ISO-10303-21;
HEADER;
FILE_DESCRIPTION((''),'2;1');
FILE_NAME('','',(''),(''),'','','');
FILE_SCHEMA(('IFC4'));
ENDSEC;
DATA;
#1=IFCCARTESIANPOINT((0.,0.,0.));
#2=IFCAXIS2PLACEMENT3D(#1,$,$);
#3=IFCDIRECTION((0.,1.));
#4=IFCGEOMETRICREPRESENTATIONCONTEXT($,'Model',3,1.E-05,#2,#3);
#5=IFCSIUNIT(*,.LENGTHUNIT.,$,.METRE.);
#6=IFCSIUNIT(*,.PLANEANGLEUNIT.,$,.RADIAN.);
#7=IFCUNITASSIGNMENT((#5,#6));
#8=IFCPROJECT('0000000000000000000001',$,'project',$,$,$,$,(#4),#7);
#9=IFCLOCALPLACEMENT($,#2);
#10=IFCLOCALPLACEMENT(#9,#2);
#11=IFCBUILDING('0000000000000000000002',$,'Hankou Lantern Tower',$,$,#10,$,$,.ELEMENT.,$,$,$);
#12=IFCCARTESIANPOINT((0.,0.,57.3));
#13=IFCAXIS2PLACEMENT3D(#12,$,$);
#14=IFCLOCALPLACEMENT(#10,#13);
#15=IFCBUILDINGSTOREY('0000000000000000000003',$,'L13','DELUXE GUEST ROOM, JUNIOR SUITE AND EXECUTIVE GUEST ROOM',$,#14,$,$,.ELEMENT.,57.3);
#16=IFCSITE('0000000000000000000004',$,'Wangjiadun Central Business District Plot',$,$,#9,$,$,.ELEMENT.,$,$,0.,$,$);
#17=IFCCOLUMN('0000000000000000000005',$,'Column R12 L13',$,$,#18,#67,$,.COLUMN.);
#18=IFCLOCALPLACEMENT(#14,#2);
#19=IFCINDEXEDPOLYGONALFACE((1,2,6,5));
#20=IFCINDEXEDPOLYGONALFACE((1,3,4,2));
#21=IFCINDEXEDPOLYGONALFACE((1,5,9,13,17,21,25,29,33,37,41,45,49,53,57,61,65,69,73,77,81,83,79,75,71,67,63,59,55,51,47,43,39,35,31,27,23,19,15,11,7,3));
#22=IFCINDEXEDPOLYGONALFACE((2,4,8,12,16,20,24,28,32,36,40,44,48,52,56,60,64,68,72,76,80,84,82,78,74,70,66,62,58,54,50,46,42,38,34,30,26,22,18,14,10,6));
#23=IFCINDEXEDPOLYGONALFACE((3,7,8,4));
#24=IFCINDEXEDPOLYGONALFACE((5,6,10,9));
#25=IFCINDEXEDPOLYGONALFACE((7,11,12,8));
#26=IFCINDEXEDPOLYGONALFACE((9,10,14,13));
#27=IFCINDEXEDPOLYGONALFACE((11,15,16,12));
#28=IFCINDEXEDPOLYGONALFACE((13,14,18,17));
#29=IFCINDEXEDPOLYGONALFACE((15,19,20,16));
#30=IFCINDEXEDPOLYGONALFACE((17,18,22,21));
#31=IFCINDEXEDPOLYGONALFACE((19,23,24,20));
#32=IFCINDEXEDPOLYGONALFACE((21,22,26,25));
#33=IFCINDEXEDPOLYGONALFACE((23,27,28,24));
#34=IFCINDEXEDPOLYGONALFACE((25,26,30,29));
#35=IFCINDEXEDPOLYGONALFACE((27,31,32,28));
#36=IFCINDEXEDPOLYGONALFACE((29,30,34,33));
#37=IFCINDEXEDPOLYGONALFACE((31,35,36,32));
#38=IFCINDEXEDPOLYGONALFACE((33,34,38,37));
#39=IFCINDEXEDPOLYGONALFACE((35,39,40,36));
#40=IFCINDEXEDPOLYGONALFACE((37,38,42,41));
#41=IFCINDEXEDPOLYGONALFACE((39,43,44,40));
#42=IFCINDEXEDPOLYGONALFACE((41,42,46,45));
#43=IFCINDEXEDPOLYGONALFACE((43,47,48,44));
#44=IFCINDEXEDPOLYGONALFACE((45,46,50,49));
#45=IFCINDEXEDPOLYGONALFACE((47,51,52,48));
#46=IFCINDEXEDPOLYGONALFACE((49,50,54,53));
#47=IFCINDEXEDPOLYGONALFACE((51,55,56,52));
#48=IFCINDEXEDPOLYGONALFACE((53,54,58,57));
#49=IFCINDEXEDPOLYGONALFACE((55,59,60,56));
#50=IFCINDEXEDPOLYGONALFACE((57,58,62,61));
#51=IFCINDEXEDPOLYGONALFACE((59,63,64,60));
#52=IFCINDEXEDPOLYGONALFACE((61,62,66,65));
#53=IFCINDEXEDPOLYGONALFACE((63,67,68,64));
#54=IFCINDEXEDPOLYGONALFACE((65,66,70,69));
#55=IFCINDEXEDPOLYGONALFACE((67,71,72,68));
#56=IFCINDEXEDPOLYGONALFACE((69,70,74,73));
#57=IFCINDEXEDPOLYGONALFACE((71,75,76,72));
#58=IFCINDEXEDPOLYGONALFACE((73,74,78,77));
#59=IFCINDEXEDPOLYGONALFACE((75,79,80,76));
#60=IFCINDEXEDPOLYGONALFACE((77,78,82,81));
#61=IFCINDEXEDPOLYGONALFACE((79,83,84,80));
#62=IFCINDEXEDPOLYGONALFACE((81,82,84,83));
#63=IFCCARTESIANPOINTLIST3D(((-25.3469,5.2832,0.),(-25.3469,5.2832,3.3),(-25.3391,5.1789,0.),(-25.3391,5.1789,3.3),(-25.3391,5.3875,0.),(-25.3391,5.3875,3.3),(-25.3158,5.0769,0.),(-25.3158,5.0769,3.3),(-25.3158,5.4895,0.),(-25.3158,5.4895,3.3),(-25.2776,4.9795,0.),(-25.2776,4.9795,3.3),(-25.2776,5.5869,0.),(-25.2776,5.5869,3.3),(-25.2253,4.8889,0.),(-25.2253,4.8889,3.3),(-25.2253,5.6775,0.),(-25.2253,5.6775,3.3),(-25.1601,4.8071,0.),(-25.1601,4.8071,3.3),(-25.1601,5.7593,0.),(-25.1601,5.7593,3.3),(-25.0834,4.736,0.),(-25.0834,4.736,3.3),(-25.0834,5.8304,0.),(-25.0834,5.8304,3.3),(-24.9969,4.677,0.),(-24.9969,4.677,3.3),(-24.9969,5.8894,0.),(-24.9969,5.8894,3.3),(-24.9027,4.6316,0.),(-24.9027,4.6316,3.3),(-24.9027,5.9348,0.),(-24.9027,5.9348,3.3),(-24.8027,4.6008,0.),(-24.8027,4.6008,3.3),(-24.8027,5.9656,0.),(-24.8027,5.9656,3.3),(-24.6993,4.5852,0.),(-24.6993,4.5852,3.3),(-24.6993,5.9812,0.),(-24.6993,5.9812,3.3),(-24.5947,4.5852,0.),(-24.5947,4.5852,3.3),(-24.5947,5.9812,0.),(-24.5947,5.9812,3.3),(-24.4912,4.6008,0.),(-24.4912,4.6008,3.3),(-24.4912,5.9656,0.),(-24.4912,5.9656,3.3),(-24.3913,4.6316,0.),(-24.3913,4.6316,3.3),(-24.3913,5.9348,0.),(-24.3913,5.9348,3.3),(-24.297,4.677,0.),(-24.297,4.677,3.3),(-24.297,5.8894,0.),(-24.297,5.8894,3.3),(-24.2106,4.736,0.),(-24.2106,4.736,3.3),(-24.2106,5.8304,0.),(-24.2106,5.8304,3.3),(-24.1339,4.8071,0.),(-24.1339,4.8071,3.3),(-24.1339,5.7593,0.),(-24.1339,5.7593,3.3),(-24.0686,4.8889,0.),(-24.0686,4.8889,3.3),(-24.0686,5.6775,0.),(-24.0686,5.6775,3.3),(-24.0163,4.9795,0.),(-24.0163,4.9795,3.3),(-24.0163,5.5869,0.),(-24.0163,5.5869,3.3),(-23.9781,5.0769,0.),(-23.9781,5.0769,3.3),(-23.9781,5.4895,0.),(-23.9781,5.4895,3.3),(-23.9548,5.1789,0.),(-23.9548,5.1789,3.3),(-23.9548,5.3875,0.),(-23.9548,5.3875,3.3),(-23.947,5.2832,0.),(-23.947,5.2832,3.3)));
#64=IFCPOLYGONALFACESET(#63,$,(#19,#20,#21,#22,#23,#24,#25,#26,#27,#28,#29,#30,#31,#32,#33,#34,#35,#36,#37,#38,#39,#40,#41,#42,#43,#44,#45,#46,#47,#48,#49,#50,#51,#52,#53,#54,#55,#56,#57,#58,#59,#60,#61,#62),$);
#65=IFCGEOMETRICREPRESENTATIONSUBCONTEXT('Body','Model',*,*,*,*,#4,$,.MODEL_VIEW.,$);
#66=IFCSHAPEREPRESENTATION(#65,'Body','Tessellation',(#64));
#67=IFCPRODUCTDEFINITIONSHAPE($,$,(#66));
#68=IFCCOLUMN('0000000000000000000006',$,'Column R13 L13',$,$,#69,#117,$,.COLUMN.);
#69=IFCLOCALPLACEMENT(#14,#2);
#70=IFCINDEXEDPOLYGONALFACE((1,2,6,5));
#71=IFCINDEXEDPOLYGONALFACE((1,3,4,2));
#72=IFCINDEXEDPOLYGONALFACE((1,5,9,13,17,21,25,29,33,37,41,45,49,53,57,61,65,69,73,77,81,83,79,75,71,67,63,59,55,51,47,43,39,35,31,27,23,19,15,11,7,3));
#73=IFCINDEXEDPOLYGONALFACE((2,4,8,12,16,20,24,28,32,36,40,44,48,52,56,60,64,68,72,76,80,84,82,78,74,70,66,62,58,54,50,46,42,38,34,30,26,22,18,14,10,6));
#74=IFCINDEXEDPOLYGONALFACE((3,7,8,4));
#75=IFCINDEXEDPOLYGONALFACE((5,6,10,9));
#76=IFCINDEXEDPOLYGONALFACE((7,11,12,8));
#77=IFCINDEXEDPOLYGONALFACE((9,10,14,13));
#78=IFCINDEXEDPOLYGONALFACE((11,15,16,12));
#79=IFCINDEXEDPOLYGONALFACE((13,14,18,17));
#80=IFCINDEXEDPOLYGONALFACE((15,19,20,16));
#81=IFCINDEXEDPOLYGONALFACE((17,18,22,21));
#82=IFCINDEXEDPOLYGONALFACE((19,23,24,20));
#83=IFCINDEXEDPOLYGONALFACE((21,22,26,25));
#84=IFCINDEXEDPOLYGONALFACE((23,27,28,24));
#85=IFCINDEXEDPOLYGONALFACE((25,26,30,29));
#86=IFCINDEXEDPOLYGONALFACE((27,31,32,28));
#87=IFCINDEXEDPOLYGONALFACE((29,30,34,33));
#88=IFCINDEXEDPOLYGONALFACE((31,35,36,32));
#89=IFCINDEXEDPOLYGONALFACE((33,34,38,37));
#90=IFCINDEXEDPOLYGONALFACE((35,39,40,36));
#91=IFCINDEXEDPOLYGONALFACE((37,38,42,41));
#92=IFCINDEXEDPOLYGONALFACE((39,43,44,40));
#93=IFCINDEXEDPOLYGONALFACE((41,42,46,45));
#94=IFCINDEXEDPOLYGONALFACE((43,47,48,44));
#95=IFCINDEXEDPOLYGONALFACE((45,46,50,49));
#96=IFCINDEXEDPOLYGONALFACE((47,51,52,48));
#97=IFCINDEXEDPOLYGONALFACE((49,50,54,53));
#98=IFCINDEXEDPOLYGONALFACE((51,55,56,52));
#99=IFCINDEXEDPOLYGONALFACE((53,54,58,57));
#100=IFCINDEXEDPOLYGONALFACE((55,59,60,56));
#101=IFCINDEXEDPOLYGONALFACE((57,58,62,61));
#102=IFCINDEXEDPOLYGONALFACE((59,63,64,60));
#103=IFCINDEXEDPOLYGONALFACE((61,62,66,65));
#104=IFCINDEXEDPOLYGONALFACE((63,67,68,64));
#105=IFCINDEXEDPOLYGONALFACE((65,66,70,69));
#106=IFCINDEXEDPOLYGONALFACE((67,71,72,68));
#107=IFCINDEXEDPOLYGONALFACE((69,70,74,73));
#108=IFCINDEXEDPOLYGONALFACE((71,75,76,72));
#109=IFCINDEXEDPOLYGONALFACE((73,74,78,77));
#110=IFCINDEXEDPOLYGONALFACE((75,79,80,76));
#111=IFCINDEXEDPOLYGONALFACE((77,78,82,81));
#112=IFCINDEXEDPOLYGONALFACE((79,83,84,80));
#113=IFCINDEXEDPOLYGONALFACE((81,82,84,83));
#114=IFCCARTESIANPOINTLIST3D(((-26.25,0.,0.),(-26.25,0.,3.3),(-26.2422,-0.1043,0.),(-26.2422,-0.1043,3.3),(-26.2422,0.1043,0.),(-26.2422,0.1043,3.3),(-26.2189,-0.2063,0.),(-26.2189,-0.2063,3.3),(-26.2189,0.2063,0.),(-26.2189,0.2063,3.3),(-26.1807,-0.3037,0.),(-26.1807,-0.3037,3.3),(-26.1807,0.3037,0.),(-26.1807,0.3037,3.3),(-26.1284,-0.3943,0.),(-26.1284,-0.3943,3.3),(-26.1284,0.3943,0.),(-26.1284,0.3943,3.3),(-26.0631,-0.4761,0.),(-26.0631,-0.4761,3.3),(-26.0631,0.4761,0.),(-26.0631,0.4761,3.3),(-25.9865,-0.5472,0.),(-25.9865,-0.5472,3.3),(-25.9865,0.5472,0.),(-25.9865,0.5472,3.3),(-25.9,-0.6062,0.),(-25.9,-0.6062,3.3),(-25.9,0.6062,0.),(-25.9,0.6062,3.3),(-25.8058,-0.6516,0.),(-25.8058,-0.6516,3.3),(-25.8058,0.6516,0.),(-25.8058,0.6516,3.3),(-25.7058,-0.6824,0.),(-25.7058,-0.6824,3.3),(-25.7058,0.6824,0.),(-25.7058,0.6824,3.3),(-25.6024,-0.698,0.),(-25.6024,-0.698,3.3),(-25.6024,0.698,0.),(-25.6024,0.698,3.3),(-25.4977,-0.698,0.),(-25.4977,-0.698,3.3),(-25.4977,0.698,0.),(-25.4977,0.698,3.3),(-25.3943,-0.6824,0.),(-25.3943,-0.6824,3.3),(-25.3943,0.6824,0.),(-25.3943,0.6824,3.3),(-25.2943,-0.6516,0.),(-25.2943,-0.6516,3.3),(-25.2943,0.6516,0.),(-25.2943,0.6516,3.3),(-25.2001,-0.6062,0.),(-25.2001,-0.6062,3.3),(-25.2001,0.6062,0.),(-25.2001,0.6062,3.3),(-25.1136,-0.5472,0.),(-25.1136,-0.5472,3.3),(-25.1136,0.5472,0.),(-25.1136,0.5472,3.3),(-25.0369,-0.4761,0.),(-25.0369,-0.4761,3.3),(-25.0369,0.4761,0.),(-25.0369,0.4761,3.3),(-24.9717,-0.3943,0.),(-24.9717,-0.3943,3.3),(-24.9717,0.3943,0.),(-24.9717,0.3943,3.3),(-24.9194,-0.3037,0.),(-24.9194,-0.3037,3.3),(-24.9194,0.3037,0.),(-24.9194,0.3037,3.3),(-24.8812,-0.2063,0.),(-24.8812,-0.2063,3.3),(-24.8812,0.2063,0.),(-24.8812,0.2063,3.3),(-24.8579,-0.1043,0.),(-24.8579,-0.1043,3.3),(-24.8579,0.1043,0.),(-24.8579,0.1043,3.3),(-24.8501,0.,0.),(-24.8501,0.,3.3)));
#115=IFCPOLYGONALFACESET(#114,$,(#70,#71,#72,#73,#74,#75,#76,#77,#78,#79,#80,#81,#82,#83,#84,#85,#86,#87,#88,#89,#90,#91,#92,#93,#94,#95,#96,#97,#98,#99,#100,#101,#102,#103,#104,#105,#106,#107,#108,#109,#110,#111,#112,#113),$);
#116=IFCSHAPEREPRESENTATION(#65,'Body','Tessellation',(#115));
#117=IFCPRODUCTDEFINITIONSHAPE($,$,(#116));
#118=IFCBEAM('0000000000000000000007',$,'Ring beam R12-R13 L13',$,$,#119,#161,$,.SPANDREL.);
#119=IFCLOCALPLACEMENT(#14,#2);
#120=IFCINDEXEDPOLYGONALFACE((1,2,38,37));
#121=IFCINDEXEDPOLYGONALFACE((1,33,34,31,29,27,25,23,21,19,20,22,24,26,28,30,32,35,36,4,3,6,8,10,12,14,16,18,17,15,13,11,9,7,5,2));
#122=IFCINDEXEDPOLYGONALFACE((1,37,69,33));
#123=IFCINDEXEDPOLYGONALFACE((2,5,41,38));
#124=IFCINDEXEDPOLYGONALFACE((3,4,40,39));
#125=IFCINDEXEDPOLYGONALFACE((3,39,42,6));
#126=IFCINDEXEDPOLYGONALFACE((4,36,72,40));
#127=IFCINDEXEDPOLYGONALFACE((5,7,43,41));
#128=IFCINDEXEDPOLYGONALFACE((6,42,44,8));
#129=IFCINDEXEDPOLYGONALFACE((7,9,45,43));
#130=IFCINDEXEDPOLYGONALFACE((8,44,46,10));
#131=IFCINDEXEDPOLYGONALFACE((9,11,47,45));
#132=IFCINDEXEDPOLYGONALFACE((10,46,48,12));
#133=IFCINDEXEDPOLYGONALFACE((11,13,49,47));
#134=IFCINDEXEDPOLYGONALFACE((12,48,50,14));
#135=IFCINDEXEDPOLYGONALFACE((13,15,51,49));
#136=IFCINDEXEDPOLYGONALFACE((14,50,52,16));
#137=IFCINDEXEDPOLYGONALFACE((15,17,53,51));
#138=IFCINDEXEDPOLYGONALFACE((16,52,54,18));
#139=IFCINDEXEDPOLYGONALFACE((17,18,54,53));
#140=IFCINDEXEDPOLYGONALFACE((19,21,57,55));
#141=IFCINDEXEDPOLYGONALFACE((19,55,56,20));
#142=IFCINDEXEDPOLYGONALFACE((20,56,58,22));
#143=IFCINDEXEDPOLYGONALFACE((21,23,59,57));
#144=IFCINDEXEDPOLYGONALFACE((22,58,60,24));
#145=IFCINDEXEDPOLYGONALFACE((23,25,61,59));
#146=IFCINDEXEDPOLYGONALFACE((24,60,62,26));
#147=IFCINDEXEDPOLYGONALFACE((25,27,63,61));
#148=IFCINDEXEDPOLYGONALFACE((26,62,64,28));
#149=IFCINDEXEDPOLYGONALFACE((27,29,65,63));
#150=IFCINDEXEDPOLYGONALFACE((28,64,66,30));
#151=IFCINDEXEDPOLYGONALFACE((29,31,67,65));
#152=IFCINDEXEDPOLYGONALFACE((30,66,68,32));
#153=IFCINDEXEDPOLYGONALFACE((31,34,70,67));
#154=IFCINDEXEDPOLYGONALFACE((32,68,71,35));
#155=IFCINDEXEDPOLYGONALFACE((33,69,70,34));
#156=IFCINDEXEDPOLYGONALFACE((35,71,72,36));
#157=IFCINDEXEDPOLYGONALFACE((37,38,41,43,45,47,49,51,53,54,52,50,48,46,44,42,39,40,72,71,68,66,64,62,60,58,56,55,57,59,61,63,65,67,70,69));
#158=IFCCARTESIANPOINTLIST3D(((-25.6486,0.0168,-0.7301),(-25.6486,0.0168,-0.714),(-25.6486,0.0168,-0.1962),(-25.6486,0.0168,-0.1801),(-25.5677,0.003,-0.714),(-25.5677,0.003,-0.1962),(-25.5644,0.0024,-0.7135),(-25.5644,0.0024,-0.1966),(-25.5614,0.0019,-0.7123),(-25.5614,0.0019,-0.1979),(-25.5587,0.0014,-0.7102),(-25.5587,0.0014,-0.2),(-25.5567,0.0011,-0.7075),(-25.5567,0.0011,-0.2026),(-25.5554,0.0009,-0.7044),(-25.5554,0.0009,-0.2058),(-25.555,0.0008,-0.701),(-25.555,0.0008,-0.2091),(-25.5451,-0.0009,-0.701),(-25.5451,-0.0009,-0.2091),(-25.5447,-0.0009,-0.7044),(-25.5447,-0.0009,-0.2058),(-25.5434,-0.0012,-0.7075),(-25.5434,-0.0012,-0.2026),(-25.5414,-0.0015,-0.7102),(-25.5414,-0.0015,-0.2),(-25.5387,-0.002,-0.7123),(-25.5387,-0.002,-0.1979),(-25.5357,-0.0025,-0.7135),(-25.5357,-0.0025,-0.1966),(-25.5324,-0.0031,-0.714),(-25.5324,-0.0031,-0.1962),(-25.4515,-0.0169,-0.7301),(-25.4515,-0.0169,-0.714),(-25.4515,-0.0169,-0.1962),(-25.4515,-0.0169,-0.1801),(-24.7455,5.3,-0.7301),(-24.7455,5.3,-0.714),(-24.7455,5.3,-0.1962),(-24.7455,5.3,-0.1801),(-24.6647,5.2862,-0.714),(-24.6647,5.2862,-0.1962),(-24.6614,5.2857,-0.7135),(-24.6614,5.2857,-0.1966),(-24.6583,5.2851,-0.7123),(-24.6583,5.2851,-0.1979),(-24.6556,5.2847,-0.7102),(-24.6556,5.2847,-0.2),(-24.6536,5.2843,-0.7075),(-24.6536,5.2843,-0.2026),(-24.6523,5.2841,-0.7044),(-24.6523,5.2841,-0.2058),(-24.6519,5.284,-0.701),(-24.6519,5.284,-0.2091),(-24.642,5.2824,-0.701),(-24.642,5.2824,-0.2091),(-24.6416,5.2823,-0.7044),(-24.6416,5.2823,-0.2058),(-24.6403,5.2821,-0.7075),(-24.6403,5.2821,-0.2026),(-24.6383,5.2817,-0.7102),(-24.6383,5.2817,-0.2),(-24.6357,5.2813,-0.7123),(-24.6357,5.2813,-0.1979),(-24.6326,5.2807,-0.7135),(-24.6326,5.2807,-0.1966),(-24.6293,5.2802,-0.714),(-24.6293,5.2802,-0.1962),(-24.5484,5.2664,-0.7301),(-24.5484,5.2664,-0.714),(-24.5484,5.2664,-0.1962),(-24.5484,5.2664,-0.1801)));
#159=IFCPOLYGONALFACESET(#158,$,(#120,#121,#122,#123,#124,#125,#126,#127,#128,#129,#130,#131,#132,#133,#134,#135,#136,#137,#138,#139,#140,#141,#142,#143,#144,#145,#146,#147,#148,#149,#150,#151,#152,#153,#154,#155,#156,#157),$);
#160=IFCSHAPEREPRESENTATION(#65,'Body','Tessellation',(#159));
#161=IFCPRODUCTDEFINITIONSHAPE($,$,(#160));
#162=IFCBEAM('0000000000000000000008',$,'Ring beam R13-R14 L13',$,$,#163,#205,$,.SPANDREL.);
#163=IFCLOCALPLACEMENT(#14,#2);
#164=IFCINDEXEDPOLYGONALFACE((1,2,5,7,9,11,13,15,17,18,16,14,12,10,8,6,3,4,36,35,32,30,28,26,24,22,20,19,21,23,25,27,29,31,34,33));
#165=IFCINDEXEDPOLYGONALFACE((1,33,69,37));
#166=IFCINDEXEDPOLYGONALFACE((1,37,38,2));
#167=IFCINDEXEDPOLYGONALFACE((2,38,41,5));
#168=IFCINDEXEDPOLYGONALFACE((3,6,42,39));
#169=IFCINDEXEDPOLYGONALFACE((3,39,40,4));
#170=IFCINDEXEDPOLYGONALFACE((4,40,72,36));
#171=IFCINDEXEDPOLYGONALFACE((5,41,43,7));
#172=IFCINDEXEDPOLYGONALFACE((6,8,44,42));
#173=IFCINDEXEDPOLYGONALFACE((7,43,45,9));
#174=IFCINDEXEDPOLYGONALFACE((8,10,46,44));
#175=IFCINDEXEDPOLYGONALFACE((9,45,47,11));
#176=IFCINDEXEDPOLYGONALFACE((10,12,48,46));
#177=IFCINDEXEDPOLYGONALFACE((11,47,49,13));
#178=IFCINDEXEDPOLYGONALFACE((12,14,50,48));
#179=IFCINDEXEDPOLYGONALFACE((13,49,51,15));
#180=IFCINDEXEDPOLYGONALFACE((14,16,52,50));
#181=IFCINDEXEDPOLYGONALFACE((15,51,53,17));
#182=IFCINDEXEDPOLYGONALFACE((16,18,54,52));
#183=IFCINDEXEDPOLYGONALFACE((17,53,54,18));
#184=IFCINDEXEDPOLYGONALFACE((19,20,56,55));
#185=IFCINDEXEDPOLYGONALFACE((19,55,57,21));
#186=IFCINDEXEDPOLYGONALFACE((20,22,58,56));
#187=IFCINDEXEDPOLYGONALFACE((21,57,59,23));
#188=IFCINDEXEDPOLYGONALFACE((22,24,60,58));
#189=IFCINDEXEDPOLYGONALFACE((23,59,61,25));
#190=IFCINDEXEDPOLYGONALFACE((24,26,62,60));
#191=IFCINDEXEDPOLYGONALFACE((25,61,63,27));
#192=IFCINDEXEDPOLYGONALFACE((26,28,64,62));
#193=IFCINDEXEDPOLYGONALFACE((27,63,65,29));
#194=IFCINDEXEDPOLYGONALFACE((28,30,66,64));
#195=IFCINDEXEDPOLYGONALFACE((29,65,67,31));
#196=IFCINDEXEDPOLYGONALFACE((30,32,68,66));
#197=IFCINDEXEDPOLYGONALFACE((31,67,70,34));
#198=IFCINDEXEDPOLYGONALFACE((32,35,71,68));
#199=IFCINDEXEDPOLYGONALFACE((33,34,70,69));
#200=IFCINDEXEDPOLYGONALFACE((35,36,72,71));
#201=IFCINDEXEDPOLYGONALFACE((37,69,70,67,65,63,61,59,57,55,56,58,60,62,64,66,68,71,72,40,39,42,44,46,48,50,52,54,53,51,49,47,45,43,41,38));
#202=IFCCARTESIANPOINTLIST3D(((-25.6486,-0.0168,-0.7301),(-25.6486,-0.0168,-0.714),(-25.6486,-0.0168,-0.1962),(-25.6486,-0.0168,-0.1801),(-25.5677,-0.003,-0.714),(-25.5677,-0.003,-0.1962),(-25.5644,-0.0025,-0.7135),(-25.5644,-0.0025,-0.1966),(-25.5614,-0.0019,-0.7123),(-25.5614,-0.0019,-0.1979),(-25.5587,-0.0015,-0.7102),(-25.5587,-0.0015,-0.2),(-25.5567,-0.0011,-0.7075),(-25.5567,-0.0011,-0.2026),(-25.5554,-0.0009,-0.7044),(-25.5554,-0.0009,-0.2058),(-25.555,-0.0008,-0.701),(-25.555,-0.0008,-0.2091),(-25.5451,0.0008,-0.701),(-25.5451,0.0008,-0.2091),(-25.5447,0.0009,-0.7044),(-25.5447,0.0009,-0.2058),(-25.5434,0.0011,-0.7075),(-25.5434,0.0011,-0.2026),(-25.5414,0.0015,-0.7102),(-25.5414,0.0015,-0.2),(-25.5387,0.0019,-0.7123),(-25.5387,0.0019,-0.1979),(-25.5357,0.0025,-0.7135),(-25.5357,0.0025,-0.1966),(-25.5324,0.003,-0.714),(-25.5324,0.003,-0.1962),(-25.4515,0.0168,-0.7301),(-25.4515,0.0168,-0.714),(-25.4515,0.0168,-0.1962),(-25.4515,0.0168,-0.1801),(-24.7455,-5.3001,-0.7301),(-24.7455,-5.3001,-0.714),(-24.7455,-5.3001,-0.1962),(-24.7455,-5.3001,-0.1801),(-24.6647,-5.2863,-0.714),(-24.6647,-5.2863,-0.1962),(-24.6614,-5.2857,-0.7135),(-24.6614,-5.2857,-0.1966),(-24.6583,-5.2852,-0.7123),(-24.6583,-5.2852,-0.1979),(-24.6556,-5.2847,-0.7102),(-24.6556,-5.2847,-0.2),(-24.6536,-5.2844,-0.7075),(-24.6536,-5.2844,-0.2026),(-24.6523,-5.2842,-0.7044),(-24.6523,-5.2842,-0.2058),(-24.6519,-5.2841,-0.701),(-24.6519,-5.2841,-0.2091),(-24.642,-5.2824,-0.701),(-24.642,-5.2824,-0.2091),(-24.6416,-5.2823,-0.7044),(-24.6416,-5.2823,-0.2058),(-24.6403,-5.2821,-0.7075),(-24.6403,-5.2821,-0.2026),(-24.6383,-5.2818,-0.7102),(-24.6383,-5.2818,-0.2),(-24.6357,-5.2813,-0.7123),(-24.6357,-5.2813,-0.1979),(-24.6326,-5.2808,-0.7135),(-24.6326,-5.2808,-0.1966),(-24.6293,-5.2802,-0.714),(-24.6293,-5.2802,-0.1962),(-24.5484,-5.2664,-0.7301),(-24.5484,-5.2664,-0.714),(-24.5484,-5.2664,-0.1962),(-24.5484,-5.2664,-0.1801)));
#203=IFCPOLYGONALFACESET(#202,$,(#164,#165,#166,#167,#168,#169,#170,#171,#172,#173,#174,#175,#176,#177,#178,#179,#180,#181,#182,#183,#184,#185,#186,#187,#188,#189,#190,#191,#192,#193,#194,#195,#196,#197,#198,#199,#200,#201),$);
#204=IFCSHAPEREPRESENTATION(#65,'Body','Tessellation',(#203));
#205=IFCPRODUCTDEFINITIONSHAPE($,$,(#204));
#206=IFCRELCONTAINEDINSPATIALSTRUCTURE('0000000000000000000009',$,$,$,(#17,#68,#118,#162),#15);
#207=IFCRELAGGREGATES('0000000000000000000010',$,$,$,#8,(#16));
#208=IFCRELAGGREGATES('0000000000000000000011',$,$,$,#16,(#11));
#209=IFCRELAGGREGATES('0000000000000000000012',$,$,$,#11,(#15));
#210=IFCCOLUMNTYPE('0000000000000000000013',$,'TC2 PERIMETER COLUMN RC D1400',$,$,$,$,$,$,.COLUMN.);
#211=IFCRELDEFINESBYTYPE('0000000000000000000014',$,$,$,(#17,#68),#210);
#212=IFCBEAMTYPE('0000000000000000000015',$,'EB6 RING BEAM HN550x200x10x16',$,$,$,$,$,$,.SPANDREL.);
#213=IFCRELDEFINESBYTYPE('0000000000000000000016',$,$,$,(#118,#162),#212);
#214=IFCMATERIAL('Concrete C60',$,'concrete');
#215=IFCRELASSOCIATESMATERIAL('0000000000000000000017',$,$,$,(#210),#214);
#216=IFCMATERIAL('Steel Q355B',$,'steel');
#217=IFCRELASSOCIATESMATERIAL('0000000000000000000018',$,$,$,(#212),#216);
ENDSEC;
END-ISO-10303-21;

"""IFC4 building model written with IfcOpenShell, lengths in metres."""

from ifc_helpers import new_model, si_unit, direction, frame, origin, origin_2d, place, context, subcontext, project, spatial, circle, i_section, extrude, material, material_profile, profile_set, type_object, element, save


model = new_model("IFC4")

# Units and contexts
model_context = context("Model", 3, precision=1e-05, world=origin(), true_north=direction((0.0, 1.0)))
body_context = subcontext(model_context, "Body", "Model", "MODEL_VIEW")
ifc_project = project(units=[si_unit("LENGTHUNIT", "METRE"), si_unit("PLANEANGLEUNIT", "RADIAN")], contexts=[model_context])

# Site, building, storey
site_placement = place(None, origin())
site = spatial("IfcSite", under=ifc_project, at=site_placement, Name="Wangjiadun Central Business District Plot", CompositionType="ELEMENT", RefElevation=0.0)
building_placement = place(site_placement, origin())
building = spatial("IfcBuilding", under=site, at=building_placement, Name="Hankou Lantern Tower", CompositionType="ELEMENT")
storey_placement = place(building_placement, frame((0.0, 0.0, 57.3)))
storey = spatial("IfcBuildingStorey", under=building, at=storey_placement, Name="L13", Description="DELUXE GUEST ROOM, JUNIOR SUITE AND EXECUTIVE GUEST ROOM", CompositionType="ELEMENT", Elevation=57.3)

# Columns
ifc_material_1 = material(Name="Concrete C60", Category="concrete")
ifc_material_profile_1 = material_profile(ifc_material_1, circle(Radius=0.7, at=origin_2d()), Name="RC D1400")
ifc_profile_set_1 = profile_set([ifc_material_profile_1], Name="Concrete C60")
column_type = type_object("IfcColumnType", Name="TC2 PERIMETER COLUMN RC D1400", PredefinedType="COLUMN", material=ifc_profile_set_1)
for number, where, z_axis, x_axis, name in (
    (1, (-24.647, 5.2832, 0.0), (0.0, 0.0, 1.0), (1.0, 0.0, 0.0), "Column R12 L13"),
    (2, (-25.55, 0.0, 0.0), (0.0, 0.0, 1.0), (1.0, 0.0, 0.0), "Column R13 L13"),
):
    element("IfcColumn", number, at=place(storey_placement, frame(where, z_axis=z_axis, x_axis=x_axis)), inside=storey, type_object=column_type, Name=name, PredefinedType="COLUMN", context=body_context, shape_type="SweptSolid", body=[
        extrude(circle(Radius=0.7, at=origin_2d()), origin(), (0.0, 0.0, 1.0), 3.3),
    ])

# Beams
ifc_material_2 = material(Name="Steel Q355B", Category="steel")
ifc_material_profile_2 = material_profile(ifc_material_2, i_section(OverallWidth=0.2, OverallDepth=0.55, WebThickness=0.01, FlangeThickness=0.0161, FilletRadius=0.0129, at=origin_2d()), Name="HN550x200x10x16")
ifc_profile_set_2 = profile_set([ifc_material_profile_2], Name="Steel Q355B")
beam_type_1 = type_object("IfcBeamType", Name="EB6 RING BEAM HN550x200x10x16", PredefinedType="SPANDREL", material=ifc_profile_set_2)
for number, where, z_axis, x_axis, name in (
    (3, (-24.647, 5.2832, -0.4551), (-0.16849, -0.985703, 0.0), (0.985703, -0.16849, 0.0), "Ring beam R12-R13 L13"),
    (4, (-25.55, 0.0, -0.4551), (0.16849, -0.985703, 0.0), (0.985703, 0.16849, 0.0), "Ring beam R13-R14 L13"),
):
    element("IfcBeam", number, at=place(storey_placement, frame(where, z_axis=z_axis, x_axis=x_axis)), inside=storey, type_object=beam_type_1, Name=name, PredefinedType="SPANDREL", context=body_context, shape_type="SweptSolid", body=[
        extrude(i_section(OverallWidth=0.2, OverallDepth=0.55, WebThickness=0.01, FlangeThickness=0.0161, FilletRadius=0.0129, at=origin_2d()), origin(), (0.0, 0.0, 1.0), 5.3599),
    ])

save(model, "model.ifc")
